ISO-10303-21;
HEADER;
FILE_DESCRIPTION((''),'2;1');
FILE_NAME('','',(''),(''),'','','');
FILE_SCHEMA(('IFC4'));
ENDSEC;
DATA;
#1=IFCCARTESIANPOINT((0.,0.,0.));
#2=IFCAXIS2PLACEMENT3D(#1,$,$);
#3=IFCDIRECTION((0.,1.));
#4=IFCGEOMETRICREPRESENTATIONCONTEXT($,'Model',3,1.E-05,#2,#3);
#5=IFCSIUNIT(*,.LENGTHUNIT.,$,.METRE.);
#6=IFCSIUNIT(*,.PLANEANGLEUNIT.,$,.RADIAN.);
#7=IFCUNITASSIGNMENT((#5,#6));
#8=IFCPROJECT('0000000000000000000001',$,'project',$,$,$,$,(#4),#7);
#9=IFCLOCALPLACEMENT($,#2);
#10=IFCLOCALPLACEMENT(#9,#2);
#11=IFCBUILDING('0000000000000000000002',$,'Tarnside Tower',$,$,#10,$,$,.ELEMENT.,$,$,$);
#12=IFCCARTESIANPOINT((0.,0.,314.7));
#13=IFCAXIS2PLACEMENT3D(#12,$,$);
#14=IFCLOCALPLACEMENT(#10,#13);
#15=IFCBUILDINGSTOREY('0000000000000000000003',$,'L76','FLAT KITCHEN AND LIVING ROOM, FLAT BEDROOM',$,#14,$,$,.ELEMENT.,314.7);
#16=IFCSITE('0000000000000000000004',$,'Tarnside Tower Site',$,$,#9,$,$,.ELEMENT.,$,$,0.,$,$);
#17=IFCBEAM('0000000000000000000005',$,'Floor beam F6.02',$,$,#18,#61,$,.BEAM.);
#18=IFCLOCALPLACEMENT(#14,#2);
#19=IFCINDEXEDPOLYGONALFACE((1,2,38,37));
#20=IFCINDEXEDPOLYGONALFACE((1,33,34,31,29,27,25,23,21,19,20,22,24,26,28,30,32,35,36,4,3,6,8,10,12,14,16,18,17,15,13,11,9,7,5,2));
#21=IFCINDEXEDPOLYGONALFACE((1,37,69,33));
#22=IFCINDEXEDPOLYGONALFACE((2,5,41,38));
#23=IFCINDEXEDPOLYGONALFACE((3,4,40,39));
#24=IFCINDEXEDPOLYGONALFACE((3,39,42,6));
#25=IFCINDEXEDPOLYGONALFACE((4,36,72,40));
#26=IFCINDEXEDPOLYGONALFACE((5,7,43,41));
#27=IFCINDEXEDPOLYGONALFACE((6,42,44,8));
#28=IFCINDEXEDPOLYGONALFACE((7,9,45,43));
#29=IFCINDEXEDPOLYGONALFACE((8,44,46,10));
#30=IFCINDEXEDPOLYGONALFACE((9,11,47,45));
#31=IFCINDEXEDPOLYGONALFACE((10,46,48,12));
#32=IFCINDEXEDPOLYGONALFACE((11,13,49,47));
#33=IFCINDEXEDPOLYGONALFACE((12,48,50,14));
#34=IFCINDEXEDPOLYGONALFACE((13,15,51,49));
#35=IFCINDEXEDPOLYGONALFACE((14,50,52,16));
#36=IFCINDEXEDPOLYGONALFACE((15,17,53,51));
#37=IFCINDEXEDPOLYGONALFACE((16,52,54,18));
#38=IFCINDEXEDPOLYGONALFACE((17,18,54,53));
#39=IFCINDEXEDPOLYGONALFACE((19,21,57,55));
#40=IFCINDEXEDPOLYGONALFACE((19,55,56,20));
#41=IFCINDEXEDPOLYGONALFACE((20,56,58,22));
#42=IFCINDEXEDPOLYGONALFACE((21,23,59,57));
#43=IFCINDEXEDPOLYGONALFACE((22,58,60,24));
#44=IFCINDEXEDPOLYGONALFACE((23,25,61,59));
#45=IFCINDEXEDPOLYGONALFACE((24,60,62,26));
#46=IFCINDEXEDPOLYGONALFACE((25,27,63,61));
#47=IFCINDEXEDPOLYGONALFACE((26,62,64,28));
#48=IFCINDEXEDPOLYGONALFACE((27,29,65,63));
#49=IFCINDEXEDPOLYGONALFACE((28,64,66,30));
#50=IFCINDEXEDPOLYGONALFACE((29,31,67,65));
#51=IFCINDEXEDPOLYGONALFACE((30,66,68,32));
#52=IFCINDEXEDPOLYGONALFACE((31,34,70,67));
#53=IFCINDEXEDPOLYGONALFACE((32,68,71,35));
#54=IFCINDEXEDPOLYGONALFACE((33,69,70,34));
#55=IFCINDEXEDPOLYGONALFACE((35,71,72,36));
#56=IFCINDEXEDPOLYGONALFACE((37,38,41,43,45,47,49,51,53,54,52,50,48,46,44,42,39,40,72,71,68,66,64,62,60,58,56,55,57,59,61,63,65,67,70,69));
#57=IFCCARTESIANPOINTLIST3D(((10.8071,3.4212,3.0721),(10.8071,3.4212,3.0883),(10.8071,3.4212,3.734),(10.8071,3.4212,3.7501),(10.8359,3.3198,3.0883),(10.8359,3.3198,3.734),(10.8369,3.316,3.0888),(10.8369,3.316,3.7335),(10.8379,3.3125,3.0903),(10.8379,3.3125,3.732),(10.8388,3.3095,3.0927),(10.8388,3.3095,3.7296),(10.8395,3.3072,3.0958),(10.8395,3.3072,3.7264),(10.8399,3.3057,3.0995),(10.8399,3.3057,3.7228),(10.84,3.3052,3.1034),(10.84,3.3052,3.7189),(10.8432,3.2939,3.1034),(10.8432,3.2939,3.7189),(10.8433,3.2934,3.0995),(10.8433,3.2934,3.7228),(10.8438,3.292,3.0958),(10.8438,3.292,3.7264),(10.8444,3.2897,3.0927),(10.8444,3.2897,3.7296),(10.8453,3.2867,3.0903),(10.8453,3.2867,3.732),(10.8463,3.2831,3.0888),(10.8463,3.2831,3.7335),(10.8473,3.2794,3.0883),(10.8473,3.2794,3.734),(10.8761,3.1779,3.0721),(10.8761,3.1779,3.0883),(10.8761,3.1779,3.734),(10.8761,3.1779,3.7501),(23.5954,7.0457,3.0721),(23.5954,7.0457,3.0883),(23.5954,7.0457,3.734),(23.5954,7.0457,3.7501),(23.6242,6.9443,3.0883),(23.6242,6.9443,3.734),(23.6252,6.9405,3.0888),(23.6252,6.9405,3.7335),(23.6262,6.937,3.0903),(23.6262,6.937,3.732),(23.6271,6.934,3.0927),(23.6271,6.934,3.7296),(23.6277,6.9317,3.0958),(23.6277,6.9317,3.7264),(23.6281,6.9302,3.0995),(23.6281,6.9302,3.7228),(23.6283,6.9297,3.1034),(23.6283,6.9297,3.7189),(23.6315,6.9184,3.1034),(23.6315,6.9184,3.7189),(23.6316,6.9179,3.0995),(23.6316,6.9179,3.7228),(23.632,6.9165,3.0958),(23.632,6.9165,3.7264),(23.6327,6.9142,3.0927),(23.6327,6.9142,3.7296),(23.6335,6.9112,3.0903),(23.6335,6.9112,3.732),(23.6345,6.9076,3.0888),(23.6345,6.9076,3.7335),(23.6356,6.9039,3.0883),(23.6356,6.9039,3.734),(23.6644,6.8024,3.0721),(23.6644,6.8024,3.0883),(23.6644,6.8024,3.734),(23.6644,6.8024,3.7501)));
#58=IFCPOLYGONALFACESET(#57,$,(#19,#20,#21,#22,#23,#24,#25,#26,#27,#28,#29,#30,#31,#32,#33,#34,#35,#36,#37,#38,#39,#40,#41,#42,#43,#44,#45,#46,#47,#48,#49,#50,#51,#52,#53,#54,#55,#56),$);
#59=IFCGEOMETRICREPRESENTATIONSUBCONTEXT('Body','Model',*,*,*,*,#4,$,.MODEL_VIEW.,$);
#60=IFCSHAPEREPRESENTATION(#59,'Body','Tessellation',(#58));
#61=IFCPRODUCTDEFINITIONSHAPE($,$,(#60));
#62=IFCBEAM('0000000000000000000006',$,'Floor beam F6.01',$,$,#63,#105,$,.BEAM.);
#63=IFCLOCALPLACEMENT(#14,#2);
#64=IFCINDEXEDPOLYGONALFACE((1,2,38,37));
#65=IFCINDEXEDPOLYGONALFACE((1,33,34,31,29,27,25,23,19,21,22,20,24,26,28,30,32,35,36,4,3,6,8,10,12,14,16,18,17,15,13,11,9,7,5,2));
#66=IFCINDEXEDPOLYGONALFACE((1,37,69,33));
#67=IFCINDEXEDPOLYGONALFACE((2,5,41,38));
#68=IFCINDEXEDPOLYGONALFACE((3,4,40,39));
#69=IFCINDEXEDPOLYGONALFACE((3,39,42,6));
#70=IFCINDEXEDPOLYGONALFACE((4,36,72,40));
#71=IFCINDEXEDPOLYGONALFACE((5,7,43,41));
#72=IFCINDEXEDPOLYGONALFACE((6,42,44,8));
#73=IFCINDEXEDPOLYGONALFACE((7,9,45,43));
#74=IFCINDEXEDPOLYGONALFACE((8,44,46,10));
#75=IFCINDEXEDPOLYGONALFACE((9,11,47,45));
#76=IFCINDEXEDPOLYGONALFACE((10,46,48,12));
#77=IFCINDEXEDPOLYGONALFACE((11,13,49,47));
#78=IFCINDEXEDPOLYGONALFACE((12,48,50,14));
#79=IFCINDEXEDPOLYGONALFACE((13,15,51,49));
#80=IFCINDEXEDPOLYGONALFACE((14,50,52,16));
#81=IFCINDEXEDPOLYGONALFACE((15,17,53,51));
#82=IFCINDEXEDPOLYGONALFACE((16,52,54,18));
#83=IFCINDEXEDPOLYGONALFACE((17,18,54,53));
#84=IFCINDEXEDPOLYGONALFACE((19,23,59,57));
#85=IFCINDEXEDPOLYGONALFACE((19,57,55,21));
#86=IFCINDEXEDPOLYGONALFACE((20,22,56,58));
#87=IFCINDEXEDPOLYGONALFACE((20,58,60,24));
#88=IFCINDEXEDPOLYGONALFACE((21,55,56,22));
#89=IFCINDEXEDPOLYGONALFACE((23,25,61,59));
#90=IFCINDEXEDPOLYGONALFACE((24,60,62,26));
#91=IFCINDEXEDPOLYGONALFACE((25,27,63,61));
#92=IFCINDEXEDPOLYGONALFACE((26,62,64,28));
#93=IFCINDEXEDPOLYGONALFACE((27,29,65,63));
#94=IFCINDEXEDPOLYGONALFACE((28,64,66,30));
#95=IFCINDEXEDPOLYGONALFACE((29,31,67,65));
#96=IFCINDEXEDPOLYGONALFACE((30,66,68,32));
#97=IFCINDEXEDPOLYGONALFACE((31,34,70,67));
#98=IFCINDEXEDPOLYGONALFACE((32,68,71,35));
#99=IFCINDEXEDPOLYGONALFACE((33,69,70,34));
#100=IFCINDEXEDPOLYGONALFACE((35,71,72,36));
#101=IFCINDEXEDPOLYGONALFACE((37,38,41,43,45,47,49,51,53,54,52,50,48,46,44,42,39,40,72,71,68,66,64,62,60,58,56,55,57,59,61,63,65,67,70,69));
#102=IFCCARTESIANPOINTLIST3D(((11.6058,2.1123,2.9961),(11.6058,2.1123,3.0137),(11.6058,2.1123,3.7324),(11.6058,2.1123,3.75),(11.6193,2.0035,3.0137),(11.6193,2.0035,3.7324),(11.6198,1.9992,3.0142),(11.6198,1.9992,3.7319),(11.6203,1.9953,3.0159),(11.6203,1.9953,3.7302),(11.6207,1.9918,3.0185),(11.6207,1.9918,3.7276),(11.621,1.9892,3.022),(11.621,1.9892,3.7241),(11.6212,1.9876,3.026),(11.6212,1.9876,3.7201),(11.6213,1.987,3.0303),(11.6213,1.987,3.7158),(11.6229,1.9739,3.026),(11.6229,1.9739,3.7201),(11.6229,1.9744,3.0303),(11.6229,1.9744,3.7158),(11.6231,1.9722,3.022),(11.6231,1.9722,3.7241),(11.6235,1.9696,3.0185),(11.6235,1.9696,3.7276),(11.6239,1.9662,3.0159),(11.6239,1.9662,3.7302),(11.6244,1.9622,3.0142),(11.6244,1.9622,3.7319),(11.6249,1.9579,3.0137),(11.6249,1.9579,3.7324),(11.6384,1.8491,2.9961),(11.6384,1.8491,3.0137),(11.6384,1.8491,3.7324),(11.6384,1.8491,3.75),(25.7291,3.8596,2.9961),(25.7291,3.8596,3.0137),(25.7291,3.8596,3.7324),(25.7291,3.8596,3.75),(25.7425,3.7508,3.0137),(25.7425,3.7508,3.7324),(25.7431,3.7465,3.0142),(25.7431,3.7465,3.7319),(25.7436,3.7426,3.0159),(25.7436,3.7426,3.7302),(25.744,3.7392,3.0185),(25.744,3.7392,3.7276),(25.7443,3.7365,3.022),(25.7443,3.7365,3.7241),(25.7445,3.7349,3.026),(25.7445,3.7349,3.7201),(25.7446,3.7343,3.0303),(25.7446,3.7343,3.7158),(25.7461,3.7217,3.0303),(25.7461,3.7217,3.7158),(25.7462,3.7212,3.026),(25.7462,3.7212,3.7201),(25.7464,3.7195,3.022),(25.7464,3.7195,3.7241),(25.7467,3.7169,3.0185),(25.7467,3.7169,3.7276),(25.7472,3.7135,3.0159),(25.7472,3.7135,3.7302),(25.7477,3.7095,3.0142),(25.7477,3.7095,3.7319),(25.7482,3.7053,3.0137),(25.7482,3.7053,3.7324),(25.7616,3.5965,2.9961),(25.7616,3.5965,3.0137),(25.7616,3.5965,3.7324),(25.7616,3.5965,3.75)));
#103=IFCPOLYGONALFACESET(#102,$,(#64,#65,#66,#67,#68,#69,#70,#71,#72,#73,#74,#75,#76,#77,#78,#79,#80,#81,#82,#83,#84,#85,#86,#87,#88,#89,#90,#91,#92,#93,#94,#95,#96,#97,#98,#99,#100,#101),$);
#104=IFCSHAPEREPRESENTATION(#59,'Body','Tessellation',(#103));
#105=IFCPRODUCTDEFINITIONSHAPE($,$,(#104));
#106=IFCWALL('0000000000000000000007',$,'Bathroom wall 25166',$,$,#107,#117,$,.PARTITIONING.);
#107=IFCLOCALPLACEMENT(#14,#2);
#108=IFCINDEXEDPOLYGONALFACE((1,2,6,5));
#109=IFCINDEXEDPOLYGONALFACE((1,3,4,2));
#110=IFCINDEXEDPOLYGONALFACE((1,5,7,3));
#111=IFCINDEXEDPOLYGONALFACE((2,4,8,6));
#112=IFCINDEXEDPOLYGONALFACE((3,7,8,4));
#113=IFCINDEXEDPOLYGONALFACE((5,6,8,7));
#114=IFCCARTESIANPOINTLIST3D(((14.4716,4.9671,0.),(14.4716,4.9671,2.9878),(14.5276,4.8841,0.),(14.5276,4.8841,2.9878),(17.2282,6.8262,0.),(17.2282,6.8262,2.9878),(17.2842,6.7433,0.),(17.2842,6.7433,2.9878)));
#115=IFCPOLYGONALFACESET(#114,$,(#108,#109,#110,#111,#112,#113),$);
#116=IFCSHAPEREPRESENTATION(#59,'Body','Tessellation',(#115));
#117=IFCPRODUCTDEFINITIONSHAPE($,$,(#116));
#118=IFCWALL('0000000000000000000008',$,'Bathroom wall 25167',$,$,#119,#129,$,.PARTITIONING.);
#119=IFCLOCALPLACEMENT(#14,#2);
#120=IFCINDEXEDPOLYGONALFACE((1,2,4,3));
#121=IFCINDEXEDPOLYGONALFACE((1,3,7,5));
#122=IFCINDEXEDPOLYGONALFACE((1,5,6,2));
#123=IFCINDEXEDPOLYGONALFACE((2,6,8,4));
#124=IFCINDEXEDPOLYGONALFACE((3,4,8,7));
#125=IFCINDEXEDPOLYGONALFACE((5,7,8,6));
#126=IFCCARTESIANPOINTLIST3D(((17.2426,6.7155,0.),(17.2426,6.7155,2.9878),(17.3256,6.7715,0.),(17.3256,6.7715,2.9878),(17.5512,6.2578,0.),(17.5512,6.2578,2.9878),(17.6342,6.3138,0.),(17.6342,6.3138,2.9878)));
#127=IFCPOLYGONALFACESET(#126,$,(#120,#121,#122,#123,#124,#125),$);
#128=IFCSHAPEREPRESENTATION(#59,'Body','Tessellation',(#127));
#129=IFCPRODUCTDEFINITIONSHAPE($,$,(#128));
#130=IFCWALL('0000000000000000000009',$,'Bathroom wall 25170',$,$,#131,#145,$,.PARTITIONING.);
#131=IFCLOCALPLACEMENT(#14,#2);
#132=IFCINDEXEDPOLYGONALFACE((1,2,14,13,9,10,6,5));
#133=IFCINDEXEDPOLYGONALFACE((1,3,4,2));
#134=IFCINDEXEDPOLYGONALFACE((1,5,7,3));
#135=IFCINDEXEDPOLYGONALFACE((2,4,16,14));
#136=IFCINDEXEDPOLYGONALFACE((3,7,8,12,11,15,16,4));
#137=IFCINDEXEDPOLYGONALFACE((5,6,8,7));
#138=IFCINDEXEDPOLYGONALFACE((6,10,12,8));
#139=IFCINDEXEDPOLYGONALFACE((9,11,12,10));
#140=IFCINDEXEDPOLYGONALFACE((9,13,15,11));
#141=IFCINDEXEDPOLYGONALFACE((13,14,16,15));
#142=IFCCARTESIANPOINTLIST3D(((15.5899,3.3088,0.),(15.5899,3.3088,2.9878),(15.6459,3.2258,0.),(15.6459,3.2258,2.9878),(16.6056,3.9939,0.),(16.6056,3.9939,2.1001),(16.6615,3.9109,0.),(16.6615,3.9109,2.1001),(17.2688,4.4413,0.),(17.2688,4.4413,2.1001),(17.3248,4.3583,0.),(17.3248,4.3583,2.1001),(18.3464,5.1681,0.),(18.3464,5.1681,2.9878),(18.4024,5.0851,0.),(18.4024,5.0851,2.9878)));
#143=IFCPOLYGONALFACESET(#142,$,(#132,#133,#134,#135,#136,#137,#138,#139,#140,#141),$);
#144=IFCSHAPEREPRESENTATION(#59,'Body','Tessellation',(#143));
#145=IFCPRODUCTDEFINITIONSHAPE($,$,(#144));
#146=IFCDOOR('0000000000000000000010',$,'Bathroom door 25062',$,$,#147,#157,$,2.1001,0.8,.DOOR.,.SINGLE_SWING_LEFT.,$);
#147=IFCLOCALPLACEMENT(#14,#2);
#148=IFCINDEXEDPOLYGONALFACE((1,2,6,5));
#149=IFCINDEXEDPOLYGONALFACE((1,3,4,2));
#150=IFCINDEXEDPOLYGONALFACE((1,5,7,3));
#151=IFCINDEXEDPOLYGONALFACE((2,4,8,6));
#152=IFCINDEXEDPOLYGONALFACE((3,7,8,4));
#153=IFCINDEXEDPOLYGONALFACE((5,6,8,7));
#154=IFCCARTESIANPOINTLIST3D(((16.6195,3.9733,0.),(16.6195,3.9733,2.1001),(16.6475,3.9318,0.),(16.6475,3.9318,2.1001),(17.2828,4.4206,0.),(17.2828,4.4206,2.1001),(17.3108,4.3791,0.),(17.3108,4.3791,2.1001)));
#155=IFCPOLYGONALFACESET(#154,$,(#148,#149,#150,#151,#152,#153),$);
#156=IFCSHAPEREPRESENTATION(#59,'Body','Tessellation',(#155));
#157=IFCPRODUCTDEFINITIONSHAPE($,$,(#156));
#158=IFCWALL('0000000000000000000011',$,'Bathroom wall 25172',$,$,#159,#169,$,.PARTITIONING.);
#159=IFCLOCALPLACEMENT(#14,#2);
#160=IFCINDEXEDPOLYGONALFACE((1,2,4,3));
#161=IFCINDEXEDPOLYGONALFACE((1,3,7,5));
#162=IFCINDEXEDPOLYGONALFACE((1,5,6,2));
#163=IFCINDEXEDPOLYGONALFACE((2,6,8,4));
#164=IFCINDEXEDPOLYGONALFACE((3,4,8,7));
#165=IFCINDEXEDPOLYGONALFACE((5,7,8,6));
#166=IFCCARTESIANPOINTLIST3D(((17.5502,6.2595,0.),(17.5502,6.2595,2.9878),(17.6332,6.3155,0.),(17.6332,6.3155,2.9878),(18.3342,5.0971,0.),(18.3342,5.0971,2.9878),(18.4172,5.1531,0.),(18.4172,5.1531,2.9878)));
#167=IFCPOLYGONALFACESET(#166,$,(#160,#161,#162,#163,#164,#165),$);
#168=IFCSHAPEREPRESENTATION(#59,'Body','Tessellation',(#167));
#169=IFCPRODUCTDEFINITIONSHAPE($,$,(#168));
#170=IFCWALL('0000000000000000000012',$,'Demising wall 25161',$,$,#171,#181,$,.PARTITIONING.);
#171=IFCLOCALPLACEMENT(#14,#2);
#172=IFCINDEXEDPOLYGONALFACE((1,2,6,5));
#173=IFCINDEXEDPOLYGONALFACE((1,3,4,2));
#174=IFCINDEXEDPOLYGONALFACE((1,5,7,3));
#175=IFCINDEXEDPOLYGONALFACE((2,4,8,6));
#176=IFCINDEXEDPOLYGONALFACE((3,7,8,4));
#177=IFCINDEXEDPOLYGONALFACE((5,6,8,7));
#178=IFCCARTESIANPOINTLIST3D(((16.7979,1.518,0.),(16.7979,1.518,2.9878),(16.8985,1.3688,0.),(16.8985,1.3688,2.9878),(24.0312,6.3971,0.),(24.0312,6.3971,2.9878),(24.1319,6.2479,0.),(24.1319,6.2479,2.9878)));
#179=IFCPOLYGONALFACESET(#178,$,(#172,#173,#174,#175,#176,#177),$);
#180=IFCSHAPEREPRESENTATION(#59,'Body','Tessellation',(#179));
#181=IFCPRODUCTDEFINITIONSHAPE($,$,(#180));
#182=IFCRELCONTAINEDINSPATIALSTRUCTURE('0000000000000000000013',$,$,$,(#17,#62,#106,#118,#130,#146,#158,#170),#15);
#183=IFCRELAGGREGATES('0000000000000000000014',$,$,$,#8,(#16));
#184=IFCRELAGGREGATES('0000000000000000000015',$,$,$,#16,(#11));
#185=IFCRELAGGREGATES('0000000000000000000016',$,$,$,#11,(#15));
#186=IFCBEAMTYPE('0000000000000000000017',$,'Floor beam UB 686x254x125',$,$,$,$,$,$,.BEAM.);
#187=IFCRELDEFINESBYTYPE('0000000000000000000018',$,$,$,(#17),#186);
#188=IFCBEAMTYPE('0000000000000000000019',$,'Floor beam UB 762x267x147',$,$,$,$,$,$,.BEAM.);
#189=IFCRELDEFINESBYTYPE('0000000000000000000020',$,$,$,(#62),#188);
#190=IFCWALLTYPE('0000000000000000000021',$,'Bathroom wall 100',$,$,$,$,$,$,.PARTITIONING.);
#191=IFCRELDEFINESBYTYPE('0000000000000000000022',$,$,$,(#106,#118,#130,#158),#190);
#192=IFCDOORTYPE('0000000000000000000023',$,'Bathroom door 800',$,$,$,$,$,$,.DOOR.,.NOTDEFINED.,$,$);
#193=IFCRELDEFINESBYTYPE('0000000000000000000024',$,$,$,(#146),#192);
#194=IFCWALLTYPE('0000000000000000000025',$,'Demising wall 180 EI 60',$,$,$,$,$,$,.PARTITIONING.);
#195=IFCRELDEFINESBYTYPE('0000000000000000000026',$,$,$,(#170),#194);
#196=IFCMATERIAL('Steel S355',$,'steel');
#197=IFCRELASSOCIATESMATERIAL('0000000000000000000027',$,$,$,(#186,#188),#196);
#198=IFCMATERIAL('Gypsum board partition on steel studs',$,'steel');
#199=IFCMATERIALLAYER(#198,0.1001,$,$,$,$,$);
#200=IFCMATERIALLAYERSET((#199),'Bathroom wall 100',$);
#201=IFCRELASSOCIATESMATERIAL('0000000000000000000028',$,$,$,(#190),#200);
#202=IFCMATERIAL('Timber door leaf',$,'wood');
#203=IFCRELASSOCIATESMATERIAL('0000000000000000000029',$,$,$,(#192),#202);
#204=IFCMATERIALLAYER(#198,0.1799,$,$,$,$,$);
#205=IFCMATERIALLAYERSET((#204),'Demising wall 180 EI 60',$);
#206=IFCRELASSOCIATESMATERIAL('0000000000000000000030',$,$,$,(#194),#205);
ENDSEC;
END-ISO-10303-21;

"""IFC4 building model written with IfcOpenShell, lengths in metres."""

from ifc_helpers import new_model, si_unit, direction, frame, frame_2d, origin, origin_2d, place, context, subcontext, project, spatial, rectangle, i_section, extrude, material, layer, layer_set, material_profile, profile_set, type_object, element, fill, save


model = new_model("IFC4")

# Units and contexts
model_context = context("Model", 3, precision=1e-05, world=origin(), true_north=direction((0.0, 1.0)))
body_context = subcontext(model_context, "Body", "Model", "MODEL_VIEW")
ifc_project = project(units=[si_unit("LENGTHUNIT", "METRE"), si_unit("PLANEANGLEUNIT", "RADIAN")], contexts=[model_context])

# Site, building, storey
site_placement = place(None, origin())
site = spatial("IfcSite", under=ifc_project, at=site_placement, Name="Tarnside Tower Site", CompositionType="ELEMENT", RefElevation=0.0)
building_placement = place(site_placement, origin())
building = spatial("IfcBuilding", under=site, at=building_placement, Name="Tarnside Tower", CompositionType="ELEMENT")
storey_placement = place(building_placement, frame((0.0, 0.0, 314.7)))
storey = spatial("IfcBuildingStorey", under=building, at=storey_placement, Name="L76", Description="FLAT KITCHEN AND LIVING ROOM, FLAT BEDROOM", CompositionType="ELEMENT", Elevation=314.7)

# Beams
ifc_material_1 = material(Name="Steel S355", Category="steel")
ifc_material_profile_1 = material_profile(ifc_material_1, i_section(OverallWidth=0.2529, OverallDepth=0.678, WebThickness=0.0117, FlangeThickness=0.0161, FilletRadius=0.0151, at=origin_2d()), Name="UB 686x254x125")
ifc_profile_set_1 = profile_set([ifc_material_profile_1], Name="Steel S355")
beam_type_1 = type_object("IfcBeamType", Name="Floor beam UB 686x254x125", PredefinedType="BEAM", material=ifc_profile_set_1)
beam_1_placement = place(storey_placement, frame((23.6299, 6.9241, 3.4111), z_axis=(-0.962104, -0.272683, 0.0), x_axis=(0.272683, -0.962104, 0.0)))
element("IfcBeam", 1, at=beam_1_placement, inside=storey, type_object=beam_type_1, Name="Floor beam F6.02", PredefinedType="BEAM", context=body_context, shape_type="SweptSolid", body=[
    extrude(i_section(OverallWidth=0.2529, OverallDepth=0.678, WebThickness=0.0117, FlangeThickness=0.0161, FilletRadius=0.0151, at=origin_2d()), origin(), (0.0, 0.0, 1.0), 13.292),
])
ifc_material_profile_2 = material_profile(ifc_material_1, i_section(OverallWidth=0.2651, OverallDepth=0.7539, WebThickness=0.0127, FlangeThickness=0.0176, FilletRadius=0.0166, at=origin_2d()), Name="UB 762x267x147")
ifc_profile_set_2 = profile_set([ifc_material_profile_2], Name="Steel S355")
beam_type_2 = type_object("IfcBeamType", Name="Floor beam UB 762x267x147", PredefinedType="BEAM", material=ifc_profile_set_2)
beam_2_placement = place(storey_placement, frame((25.7454, 3.728, 3.373), z_axis=(-0.992434, -0.122783, 0.0), x_axis=(0.122783, -0.992434, 0.0)))
element("IfcBeam", 2, at=beam_2_placement, inside=storey, type_object=beam_type_2, Name="Floor beam F6.01", PredefinedType="BEAM", context=body_context, shape_type="SweptSolid", body=[
    extrude(i_section(OverallWidth=0.2651, OverallDepth=0.7539, WebThickness=0.0127, FlangeThickness=0.0176, FilletRadius=0.0166, at=origin_2d()), origin(), (0.0, 0.0, 1.0), 14.231),
])

# Walls
ifc_material_2 = material(Name="Gypsum board partition on steel studs", Category="steel")
ifc_layer_1 = layer(ifc_material_2, 0.1001)
ifc_layer_set_1 = layer_set([ifc_layer_1], Name="Bathroom wall 100")
wall_type_1 = type_object("IfcWallType", Name="Bathroom wall 100", PredefinedType="PARTITIONING", material=ifc_layer_set_1)
wall_1_placement = place(storey_placement, frame((14.4995, 4.9255, 0.0), z_axis=(0.0, 0.0, 1.0), x_axis=(0.829067, 0.559149, 0.0)))
element("IfcWall", 3, at=wall_1_placement, inside=storey, type_object=wall_type_1, Name="Bathroom wall 25166", PredefinedType="PARTITIONING", context=body_context, shape_type="SweptSolid", body=[
    extrude(rectangle(XDim=3.325, YDim=0.1001, at=frame_2d((1.6626, 0.0))), origin(), (0.0, 0.0, 1.0), 2.9878),
])
wall_2_placement = place(storey_placement, frame((17.2842, 6.7434, 0.0), z_axis=(0.0, 0.0, 1.0), x_axis=(0.558979, -0.829182, 0.0)))
element("IfcWall", 4, at=wall_2_placement, inside=storey, type_object=wall_type_1, Name="Bathroom wall 25167", PredefinedType="PARTITIONING", context=body_context, shape_type="SweptSolid", body=[
    extrude(rectangle(XDim=0.552, YDim=0.1001, at=frame_2d((0.2759, 0.0))), origin(), (0.0, 0.0, 1.0), 2.9878),
])

# Wall, opening, door
wall_3_placement = place(storey_placement, frame((18.3745, 5.1267, 0.0), z_axis=(0.0, 0.0, 1.0), x_axis=(-0.829033, -0.559199, 0.0)))
wall_3 = element("IfcWall", 5, at=wall_3_placement, inside=storey, type_object=wall_type_1, Name="Bathroom wall 25170", PredefinedType="PARTITIONING", context=body_context, shape_type="SweptSolid", body=[
    extrude(rectangle(XDim=3.325, YDim=0.1001, at=frame_2d((1.6626, 0.0))), origin(), (0.0, 0.0, 1.0), 2.9878),
])
opening_1_placement = place(wall_3_placement, frame((1.3, 0.0, 0.0)))
opening_1 = element("IfcOpeningElement", 6, at=opening_1_placement, cuts=wall_3, PredefinedType="OPENING", context=body_context, shape_type="SweptSolid", body=[
    extrude(rectangle(XDim=0.8, YDim=2.1001, at=frame_2d((0.3999, 1.05))), frame((0.0, 0.0601, 0.0), z_axis=(0.0, -1.0, 0.0), x_axis=(1.0, 0.0, 0.0)), (0.0, 0.0, 1.0), 0.1201),
])
ifc_material_3 = material(Name="Timber door leaf", Category="wood")
door_type_1 = type_object("IfcDoorType", Name="Bathroom door 800", OperationType="NOTDEFINED", PredefinedType="DOOR", material=ifc_material_3)
door_1_placement = place(opening_1_placement, origin())
door_1 = element("IfcDoor", 7, at=door_1_placement, inside=storey, type_object=door_type_1, Name="Bathroom door 25062", OperationType="SINGLE_SWING_LEFT", OverallHeight=2.1001, OverallWidth=0.8, PredefinedType="DOOR", context=body_context, shape_type="SweptSolid", body=[
    extrude(rectangle(XDim=0.8, YDim=2.1001, at=frame_2d((0.3999, 1.05))), frame((0.0, 0.0249, 0.0), z_axis=(0.0, -1.0, 0.0), x_axis=(1.0, 0.0, 0.0)), (0.0, 0.0, 1.0), 0.05),
])
fill(opening_1, door_1)

# Walls
wall_4_placement = place(storey_placement, frame((18.3757, 5.125, 0.0), z_axis=(0.0, 0.0, 1.0), x_axis=(-0.559153, 0.829065, 0.0)))
element("IfcWall", 8, at=wall_4_placement, inside=storey, type_object=wall_type_1, Name="Bathroom wall 25172", PredefinedType="PARTITIONING", context=body_context, shape_type="SweptSolid", body=[
    extrude(rectangle(XDim=1.4021, YDim=0.1001, at=frame_2d((0.7012, 0.0))), origin(), (0.0, 0.0, 1.0), 2.9878),
])
ifc_layer_2 = layer(ifc_material_2, 0.1799)
ifc_layer_set_2 = layer_set([ifc_layer_2], Name="Demising wall 180 EI 60")
wall_type_2 = type_object("IfcWallType", Name="Demising wall 180 EI 60", PredefinedType="PARTITIONING", material=ifc_layer_set_2)
wall_5_placement = place(storey_placement, frame((24.0815, 6.3225, 0.0), z_axis=(0.0, 0.0, 1.0), x_axis=(-0.829029, -0.559206, 0.0)))
element("IfcWall", 9, at=wall_5_placement, inside=storey, type_object=wall_type_2, Name="Demising wall 25161", PredefinedType="PARTITIONING", context=body_context, shape_type="SweptSolid", body=[
    extrude(rectangle(XDim=8.7251, YDim=0.1799, at=frame_2d((4.3625, 0.0))), origin(), (0.0, 0.0, 1.0), 2.9878),
])

save(model, "model.ifc")
